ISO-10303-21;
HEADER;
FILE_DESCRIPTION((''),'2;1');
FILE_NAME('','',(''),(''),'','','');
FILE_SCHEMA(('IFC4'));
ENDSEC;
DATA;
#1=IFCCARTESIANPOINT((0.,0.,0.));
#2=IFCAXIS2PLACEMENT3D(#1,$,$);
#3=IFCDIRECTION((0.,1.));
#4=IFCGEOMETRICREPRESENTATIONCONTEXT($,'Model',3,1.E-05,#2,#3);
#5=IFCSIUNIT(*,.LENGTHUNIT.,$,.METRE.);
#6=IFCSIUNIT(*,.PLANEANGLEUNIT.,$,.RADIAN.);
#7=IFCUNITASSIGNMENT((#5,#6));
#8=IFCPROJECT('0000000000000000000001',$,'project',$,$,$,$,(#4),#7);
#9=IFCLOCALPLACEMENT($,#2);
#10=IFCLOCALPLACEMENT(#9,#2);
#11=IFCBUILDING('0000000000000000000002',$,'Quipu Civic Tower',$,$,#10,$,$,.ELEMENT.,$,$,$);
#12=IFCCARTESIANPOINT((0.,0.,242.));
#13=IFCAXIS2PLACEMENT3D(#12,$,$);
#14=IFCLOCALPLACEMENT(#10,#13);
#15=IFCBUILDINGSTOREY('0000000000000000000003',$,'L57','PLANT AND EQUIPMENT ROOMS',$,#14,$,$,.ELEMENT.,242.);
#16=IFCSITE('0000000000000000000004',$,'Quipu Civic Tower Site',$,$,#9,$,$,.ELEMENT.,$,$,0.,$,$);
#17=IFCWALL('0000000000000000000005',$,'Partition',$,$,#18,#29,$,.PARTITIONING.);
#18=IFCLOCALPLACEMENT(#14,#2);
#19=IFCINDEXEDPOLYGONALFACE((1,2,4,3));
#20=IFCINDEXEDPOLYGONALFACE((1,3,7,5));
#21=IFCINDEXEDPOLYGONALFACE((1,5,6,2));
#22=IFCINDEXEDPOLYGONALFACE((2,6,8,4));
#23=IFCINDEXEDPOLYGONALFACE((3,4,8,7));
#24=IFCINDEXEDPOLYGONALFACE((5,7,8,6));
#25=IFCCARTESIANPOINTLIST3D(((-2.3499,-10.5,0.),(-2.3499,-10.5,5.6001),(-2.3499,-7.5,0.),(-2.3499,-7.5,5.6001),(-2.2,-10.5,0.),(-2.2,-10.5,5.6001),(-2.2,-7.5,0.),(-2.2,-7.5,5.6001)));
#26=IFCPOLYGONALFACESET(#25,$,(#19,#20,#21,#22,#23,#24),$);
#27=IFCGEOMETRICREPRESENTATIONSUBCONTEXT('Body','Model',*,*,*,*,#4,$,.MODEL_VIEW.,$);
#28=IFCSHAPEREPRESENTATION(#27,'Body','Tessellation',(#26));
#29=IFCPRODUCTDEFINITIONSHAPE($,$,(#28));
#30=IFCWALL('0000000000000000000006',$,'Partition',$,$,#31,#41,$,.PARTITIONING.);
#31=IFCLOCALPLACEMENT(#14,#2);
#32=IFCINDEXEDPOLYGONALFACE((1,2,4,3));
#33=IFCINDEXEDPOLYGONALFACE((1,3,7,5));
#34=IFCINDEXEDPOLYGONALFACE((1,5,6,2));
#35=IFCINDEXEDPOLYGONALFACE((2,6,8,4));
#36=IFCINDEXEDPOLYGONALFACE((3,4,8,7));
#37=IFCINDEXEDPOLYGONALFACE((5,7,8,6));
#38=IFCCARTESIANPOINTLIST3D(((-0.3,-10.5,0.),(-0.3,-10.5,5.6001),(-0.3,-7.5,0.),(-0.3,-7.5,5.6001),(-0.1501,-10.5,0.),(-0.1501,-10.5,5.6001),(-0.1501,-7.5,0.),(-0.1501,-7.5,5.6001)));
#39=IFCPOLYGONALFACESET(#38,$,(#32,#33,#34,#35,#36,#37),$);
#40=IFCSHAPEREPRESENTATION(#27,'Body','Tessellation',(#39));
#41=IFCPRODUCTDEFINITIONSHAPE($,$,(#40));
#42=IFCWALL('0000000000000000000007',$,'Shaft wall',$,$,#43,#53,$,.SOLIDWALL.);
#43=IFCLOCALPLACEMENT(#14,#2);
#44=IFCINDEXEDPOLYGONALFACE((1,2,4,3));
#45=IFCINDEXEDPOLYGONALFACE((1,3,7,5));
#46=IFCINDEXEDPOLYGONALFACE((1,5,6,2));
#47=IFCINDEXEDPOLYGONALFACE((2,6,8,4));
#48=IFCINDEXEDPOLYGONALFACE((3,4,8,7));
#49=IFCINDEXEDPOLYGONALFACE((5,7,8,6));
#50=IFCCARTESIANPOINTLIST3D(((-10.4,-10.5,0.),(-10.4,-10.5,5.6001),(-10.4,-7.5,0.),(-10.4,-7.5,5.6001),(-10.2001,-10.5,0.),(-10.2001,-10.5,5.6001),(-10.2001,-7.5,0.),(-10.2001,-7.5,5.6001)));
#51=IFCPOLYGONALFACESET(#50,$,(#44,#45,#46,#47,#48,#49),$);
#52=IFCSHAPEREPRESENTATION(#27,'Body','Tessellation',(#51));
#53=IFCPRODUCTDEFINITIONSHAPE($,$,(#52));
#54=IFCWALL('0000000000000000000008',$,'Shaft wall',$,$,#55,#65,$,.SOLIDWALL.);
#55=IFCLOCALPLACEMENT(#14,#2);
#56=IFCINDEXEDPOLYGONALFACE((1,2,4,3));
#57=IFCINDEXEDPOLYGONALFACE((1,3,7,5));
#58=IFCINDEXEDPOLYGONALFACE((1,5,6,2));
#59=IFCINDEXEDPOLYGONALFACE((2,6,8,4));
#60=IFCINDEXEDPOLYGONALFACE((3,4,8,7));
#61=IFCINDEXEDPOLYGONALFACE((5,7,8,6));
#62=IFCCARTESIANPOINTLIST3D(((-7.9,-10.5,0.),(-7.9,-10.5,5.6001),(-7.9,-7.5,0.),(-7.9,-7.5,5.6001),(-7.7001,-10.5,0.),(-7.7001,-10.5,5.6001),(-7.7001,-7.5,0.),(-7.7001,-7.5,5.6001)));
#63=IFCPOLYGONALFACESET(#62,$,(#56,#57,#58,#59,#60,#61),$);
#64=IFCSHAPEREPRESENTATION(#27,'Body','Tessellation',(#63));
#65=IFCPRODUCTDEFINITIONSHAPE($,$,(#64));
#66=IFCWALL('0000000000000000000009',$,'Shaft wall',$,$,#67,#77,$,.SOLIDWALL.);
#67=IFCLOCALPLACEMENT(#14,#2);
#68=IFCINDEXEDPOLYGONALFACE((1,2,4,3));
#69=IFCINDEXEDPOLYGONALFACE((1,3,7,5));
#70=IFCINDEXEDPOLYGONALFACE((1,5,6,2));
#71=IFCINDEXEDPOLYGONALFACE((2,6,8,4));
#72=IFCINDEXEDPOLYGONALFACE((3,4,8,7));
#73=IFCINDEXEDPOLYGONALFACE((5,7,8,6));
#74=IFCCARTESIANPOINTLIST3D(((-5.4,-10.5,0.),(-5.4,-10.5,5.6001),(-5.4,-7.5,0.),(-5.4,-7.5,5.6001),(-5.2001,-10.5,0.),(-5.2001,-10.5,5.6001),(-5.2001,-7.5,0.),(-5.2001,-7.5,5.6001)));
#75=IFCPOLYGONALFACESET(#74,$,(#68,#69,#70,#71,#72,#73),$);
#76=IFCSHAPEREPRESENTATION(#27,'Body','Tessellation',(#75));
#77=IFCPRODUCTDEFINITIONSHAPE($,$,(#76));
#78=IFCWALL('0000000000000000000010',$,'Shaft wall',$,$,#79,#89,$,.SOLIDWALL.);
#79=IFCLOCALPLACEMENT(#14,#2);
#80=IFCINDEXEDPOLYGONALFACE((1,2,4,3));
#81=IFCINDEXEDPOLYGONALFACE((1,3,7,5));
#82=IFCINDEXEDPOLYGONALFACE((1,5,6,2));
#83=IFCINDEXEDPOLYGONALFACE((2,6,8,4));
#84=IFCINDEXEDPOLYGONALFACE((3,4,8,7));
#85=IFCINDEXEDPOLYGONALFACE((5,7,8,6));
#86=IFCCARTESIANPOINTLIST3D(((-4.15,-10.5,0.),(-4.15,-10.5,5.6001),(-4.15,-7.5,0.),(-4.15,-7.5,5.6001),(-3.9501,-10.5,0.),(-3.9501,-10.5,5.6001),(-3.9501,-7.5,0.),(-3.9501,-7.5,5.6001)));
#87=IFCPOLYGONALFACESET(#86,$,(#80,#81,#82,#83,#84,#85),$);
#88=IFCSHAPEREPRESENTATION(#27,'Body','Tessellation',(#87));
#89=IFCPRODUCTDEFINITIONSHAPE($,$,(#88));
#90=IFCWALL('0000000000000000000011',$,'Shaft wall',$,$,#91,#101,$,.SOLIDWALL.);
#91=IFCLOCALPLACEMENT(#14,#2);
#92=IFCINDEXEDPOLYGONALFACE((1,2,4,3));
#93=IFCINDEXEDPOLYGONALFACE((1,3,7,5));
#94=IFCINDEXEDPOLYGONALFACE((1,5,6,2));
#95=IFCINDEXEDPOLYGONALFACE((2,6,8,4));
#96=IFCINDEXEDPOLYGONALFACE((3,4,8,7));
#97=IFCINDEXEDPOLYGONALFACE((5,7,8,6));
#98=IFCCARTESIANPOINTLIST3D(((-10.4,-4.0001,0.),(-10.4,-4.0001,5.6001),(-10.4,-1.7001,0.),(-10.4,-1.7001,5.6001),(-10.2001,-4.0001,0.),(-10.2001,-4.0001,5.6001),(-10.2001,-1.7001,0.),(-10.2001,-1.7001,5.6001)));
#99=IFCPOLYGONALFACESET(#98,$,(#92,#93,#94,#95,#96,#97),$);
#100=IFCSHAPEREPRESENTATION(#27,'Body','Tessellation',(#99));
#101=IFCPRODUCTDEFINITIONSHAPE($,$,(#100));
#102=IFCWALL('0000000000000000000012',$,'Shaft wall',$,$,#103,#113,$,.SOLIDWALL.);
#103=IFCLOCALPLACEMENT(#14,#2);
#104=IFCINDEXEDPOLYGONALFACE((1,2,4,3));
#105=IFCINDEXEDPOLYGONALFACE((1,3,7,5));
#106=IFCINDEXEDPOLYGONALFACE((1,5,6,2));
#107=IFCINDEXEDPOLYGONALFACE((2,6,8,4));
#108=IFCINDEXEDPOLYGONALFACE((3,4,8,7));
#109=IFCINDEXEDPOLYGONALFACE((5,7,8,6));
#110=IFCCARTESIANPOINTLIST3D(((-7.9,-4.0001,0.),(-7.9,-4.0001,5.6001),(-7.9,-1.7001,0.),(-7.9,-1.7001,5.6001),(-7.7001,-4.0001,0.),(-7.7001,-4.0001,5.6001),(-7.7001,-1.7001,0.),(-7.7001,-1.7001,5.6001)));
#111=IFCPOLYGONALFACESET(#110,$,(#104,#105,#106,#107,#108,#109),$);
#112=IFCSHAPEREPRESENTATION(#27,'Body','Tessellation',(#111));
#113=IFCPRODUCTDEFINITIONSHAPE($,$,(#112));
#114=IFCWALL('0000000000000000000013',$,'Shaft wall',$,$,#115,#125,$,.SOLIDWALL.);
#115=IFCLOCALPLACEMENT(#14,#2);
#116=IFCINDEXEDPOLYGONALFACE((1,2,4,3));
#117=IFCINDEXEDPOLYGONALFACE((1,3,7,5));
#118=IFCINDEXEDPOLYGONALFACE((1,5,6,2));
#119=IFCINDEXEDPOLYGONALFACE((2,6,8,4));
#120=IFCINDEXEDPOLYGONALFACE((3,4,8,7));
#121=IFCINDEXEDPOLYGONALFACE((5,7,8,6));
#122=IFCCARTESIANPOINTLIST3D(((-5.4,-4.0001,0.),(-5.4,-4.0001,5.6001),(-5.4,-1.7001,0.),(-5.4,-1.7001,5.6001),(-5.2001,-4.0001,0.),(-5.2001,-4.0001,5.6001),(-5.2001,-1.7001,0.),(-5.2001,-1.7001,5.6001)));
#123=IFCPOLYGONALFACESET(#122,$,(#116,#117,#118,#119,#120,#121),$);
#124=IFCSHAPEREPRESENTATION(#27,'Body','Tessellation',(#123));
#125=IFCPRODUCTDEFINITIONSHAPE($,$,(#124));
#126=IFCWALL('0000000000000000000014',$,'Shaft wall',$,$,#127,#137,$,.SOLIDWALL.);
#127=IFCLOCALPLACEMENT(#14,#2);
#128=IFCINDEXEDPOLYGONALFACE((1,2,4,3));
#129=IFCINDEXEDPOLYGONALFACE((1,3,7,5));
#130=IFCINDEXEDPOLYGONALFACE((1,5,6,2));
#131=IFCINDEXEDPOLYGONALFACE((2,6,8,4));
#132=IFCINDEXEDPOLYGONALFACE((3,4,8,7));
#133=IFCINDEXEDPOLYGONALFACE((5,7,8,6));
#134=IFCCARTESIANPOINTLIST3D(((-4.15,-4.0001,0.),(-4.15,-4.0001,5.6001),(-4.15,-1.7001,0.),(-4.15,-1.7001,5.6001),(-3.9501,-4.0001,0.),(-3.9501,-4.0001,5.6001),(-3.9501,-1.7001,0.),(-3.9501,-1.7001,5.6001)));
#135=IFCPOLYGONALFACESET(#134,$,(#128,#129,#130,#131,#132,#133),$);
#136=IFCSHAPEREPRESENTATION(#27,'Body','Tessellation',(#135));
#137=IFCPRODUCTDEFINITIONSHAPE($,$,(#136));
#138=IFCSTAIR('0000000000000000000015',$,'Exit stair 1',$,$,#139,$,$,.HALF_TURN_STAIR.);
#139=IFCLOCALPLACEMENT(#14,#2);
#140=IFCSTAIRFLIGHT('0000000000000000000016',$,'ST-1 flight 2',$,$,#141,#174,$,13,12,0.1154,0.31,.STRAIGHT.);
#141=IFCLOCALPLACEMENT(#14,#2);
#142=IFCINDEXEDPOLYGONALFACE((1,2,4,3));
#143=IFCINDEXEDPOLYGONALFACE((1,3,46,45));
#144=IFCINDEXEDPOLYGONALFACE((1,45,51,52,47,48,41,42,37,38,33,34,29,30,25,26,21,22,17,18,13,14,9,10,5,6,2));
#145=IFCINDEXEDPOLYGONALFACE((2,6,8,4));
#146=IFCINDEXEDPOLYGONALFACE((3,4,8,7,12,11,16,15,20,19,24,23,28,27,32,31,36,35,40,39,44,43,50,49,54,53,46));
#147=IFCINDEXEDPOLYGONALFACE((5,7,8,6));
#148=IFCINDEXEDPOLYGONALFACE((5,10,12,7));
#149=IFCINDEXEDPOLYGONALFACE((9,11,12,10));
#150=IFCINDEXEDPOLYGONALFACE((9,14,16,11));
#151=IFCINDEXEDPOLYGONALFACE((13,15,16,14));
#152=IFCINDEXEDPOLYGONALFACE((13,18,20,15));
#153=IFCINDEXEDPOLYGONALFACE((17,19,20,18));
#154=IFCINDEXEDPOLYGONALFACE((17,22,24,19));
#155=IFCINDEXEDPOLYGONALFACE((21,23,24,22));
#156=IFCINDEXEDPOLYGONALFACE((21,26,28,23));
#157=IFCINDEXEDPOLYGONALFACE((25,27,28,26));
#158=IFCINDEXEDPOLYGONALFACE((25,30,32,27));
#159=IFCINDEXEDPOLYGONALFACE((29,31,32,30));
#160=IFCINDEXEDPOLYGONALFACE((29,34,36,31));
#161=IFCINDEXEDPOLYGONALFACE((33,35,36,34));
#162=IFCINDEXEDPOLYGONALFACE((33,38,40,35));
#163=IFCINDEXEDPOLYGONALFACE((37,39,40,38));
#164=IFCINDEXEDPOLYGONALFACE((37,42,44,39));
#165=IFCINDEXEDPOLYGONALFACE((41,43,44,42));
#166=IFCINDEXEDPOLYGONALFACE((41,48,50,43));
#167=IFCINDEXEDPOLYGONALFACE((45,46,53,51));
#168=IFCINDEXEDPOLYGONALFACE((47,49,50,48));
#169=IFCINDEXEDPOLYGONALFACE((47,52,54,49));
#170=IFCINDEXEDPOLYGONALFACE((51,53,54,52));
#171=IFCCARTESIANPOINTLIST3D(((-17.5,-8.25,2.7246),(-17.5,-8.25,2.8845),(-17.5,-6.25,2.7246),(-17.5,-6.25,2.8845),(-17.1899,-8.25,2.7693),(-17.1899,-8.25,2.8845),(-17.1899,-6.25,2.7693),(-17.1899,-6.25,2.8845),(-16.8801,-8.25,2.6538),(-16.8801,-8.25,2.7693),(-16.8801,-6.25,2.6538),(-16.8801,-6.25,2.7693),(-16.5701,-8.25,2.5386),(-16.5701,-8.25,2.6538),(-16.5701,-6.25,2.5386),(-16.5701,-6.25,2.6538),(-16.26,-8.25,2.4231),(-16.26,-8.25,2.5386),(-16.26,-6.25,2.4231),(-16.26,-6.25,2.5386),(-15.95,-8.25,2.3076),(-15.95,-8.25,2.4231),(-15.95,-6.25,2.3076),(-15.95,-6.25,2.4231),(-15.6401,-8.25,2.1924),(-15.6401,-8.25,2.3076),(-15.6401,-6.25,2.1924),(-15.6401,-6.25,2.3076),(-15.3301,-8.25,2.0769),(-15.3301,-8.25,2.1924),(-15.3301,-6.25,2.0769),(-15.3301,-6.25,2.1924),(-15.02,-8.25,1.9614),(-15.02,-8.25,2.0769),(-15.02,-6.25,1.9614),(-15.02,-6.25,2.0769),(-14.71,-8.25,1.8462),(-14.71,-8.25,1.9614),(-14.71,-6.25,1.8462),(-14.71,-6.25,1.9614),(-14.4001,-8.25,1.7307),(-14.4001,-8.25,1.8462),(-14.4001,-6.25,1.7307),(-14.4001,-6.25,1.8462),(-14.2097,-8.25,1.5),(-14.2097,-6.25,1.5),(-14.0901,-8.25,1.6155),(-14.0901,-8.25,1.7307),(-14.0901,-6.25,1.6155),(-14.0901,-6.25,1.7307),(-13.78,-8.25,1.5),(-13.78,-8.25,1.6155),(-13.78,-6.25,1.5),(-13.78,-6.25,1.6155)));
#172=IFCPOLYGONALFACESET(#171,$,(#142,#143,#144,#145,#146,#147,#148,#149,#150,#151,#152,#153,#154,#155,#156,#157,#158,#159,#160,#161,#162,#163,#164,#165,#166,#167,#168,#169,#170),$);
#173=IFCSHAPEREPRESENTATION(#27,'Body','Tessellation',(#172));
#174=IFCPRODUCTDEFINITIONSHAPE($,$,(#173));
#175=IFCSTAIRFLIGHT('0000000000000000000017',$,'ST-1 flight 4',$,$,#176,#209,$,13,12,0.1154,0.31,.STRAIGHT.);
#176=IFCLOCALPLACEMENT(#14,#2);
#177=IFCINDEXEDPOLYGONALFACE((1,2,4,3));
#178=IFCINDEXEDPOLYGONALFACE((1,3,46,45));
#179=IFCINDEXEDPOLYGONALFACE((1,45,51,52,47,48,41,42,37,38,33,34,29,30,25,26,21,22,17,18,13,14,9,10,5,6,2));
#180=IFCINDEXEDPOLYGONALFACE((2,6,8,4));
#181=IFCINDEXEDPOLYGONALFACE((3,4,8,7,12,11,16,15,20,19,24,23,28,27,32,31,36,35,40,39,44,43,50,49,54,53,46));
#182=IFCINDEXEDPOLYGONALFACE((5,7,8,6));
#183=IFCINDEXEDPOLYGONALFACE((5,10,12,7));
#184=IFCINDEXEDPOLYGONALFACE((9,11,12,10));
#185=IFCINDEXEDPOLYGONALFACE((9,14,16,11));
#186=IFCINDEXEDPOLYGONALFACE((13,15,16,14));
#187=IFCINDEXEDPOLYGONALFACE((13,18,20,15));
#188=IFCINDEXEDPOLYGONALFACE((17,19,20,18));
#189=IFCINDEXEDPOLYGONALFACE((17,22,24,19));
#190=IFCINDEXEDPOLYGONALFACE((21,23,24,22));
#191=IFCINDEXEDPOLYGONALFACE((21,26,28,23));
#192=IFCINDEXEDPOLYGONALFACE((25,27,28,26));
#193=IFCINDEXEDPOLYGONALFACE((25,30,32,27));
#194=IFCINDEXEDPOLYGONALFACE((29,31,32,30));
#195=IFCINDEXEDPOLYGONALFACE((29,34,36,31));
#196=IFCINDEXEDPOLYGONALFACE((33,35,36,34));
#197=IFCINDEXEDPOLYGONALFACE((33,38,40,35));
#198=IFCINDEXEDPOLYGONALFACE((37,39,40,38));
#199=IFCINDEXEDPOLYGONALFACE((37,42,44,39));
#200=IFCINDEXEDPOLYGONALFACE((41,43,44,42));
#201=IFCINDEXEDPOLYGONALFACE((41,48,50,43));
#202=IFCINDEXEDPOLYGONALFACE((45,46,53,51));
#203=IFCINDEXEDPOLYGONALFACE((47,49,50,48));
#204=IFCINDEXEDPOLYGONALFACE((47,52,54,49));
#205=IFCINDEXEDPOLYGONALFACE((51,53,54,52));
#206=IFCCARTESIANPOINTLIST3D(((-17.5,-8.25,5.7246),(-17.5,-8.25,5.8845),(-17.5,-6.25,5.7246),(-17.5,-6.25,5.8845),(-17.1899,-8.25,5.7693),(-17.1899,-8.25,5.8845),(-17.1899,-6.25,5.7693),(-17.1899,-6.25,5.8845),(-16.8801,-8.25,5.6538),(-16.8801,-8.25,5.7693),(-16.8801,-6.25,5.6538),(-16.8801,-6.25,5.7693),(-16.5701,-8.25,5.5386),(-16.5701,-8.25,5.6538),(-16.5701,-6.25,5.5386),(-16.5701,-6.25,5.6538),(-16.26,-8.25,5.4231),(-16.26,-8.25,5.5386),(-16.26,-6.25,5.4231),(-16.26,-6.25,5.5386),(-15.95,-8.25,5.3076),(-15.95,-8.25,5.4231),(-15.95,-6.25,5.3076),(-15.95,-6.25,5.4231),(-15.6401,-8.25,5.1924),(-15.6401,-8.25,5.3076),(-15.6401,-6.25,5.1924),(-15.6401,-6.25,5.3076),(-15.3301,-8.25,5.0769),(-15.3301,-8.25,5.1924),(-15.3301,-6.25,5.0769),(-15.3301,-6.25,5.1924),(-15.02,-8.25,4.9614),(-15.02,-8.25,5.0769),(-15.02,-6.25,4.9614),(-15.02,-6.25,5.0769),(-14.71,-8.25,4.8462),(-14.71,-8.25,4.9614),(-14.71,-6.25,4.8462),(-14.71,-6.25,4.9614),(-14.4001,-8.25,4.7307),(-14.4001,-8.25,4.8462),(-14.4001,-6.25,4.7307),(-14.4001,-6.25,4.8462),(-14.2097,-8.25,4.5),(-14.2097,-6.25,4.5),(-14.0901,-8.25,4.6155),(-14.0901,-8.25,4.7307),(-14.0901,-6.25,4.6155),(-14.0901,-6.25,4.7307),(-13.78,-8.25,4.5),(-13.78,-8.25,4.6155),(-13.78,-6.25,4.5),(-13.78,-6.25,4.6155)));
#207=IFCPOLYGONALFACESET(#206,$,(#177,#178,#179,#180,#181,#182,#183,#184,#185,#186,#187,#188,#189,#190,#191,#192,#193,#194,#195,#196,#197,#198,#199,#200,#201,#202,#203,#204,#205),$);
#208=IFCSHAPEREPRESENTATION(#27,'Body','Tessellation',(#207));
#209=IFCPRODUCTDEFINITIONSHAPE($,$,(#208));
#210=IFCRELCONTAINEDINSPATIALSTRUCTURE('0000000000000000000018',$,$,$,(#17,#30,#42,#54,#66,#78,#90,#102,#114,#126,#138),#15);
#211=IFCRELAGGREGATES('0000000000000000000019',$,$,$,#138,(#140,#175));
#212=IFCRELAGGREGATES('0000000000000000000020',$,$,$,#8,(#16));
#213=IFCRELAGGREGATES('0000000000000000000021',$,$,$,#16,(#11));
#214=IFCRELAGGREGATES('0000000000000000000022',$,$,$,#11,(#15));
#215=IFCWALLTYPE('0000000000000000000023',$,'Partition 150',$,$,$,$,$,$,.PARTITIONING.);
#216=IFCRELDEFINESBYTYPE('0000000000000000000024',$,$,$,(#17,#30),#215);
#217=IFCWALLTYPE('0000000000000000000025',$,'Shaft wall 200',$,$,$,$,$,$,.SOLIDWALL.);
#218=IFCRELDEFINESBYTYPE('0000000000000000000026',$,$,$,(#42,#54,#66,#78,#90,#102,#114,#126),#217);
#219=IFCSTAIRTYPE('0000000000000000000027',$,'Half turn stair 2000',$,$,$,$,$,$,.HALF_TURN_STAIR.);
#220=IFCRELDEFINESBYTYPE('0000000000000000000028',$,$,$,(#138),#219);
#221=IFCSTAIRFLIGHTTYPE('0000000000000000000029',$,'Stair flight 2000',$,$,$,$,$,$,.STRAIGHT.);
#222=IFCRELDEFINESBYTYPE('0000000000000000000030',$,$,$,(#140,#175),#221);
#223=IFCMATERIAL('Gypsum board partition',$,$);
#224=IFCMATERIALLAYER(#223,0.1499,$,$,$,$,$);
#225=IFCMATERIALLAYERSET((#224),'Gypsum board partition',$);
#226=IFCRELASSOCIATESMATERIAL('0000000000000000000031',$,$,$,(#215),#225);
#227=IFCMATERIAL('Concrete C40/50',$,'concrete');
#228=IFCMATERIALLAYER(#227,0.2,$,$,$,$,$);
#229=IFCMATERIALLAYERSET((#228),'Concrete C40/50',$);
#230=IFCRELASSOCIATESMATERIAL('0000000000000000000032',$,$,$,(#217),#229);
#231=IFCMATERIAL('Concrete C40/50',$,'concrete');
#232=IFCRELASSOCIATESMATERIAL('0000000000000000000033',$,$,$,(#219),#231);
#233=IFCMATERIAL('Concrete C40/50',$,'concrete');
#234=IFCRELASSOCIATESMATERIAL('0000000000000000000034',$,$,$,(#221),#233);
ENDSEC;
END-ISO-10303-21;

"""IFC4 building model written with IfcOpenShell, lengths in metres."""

from ifc_helpers import new_model, si_unit, direction, frame, frame_2d, origin, place, context, subcontext, project, spatial, polyline, rectangle, outline, extrude, material, layer, layer_set, type_object, element, aggregate, save


model = new_model("IFC4")

# Units and contexts
model_context = context("Model", 3, precision=1e-05, world=origin(), true_north=direction((0.0, 1.0)))
body_context = subcontext(model_context, "Body", "Model", "MODEL_VIEW")
ifc_project = project(units=[si_unit("LENGTHUNIT", "METRE"), si_unit("PLANEANGLEUNIT", "RADIAN")], contexts=[model_context])

# Site, building, storey
site_placement = place(None, origin())
site = spatial("IfcSite", under=ifc_project, at=site_placement, Name="Quipu Civic Tower Site", CompositionType="ELEMENT", RefElevation=0.0)
building_placement = place(site_placement, origin())
building = spatial("IfcBuilding", under=site, at=building_placement, Name="Quipu Civic Tower", CompositionType="ELEMENT")
storey_placement = place(building_placement, frame((0.0, 0.0, 242.0)))
storey = spatial("IfcBuildingStorey", under=building, at=storey_placement, Name="L57", Description="PLANT AND EQUIPMENT ROOMS", CompositionType="ELEMENT", Elevation=242.0)

# Walls
ifc_material_1 = material(Name="Gypsum board partition")
ifc_layer_1 = layer(ifc_material_1, 0.1499)
ifc_layer_set_1 = layer_set([ifc_layer_1], Name="Gypsum board partition")
wall_type_1 = type_object("IfcWallType", Name="Partition 150", PredefinedType="PARTITIONING", material=ifc_layer_set_1)
for number, where, z_axis, x_axis, name in (
    (1, (-2.2749, -10.5, 0.0), (0.0, 0.0, 1.0), (0.0, 1.0, 0.0), "Partition"),
    (2, (-0.2251, -10.5, 0.0), (0.0, 0.0, 1.0), (0.0, 1.0, 0.0), "Partition"),
):
    element("IfcWall", number, at=place(storey_placement, frame(where, z_axis=z_axis, x_axis=x_axis)), inside=storey, type_object=wall_type_1, Name=name, PredefinedType="PARTITIONING", context=body_context, shape_type="SweptSolid", body=[
        extrude(rectangle(XDim=3.0, YDim=0.1499, at=frame_2d((1.5, 0.0))), origin(), (0.0, 0.0, 1.0), 5.6001),
    ])
ifc_material_2 = material(Name="Concrete C40/50", Category="concrete")
ifc_layer_2 = layer(ifc_material_2, 0.2)
ifc_layer_set_2 = layer_set([ifc_layer_2], Name="Concrete C40/50")
wall_type_2 = type_object("IfcWallType", Name="Shaft wall 200", PredefinedType="SOLIDWALL", material=ifc_layer_set_2)
for number, where, z_axis, x_axis, name in (
    (3, (-10.3, -10.5, 0.0), (0.0, 0.0, 1.0), (0.0, 1.0, 0.0), "Shaft wall"),
    (4, (-7.8, -10.5, 0.0), (0.0, 0.0, 1.0), (0.0, 1.0, 0.0), "Shaft wall"),
    (5, (-5.3, -10.5, 0.0), (0.0, 0.0, 1.0), (0.0, 1.0, 0.0), "Shaft wall"),
    (6, (-4.05, -10.5, 0.0), (0.0, 0.0, 1.0), (0.0, 1.0, 0.0), "Shaft wall"),
):
    element("IfcWall", number, at=place(storey_placement, frame(where, z_axis=z_axis, x_axis=x_axis)), inside=storey, type_object=wall_type_2, Name=name, PredefinedType="SOLIDWALL", context=body_context, shape_type="SweptSolid", body=[
        extrude(rectangle(XDim=3.0, YDim=0.2, at=frame_2d((1.5, 0.0))), origin(), (0.0, 0.0, 1.0), 5.6001),
    ])
for number, where, z_axis, x_axis, name in (
    (7, (-10.3, -4.0, 0.0), (0.0, 0.0, 1.0), (0.0, 1.0, 0.0), "Shaft wall"),
    (8, (-7.8, -4.0, 0.0), (0.0, 0.0, 1.0), (0.0, 1.0, 0.0), "Shaft wall"),
    (9, (-5.3, -4.0, 0.0), (0.0, 0.0, 1.0), (0.0, 1.0, 0.0), "Shaft wall"),
    (10, (-4.05, -4.0, 0.0), (0.0, 0.0, 1.0), (0.0, 1.0, 0.0), "Shaft wall"),
):
    element("IfcWall", number, at=place(storey_placement, frame(where, z_axis=z_axis, x_axis=x_axis)), inside=storey, type_object=wall_type_2, Name=name, PredefinedType="SOLIDWALL", context=body_context, shape_type="SweptSolid", body=[
        extrude(rectangle(XDim=2.3, YDim=0.2, at=frame_2d((1.1499, 0.0))), origin(), (0.0, 0.0, 1.0), 5.6001),
    ])

# Stair, stair flights
ifc_material_3 = material(Name="Concrete C40/50", Category="concrete")
stair_type = type_object("IfcStairType", Name="Half turn stair 2000", PredefinedType="HALF_TURN_STAIR", material=ifc_material_3)
stair_placement = place(storey_placement, origin())
stair = element("IfcStair", 11, at=stair_placement, inside=storey, type_object=stair_type, Name="Exit stair 1", PredefinedType="HALF_TURN_STAIR")
ifc_material_4 = material(Name="Concrete C40/50", Category="concrete")
stair_flight_type = type_object("IfcStairFlightType", Name="Stair flight 2000", PredefinedType="STRAIGHT", material=ifc_material_4)
stair_flight_1_placement = place(storey_placement, frame((-13.78, -7.25, 1.5), z_axis=(0.0, 0.0, 1.0), x_axis=(-1.0, 0.0, 0.0)))
stair_flight_1 = element("IfcStairFlight", 12, at=stair_flight_1_placement, type_object=stair_flight_type, Name="ST-1 flight 2", NumberOfRisers=13, NumberOfTreads=12, PredefinedType="STRAIGHT", RiserHeight=0.1154, TreadLength=0.31, context=body_context, shape_type="SweptSolid", body=[
    extrude(outline(polyline([(0.0, 0.0), (0.0, 0.1155), (0.3101, 0.1155), (0.3101, 0.2307), (0.6201, 0.2307), (0.6201, 0.3462), (0.9299, 0.3462), (0.9299, 0.4614), (1.24, 0.4614), (1.24, 0.5769), (1.55, 0.5769), (1.55, 0.6924), (1.8601, 0.6924), (1.8601, 0.8076), (2.1699, 0.8076), (2.1699, 0.9231), (2.48, 0.9231), (2.48, 1.0386), (2.79, 1.0386), (2.79, 1.1538), (3.1001, 1.1538), (3.1001, 1.2693), (3.4099, 1.2693), (3.4099, 1.3845), (3.72, 1.3845), (3.72, 1.5), (3.72, 1.2246), (0.4297, 0.0), (0.0, 0.0)])), frame((0.0, 1.0, 0.0), z_axis=(0.0, -1.0, 0.0), x_axis=(1.0, 0.0, 0.0)), (0.0, 0.0, 1.0), 2.0),
])
stair_flight_2_placement = place(storey_placement, frame((-13.78, -7.25, 4.5), z_axis=(0.0, 0.0, 1.0), x_axis=(-1.0, 0.0, 0.0)))
stair_flight_2 = element("IfcStairFlight", 13, at=stair_flight_2_placement, type_object=stair_flight_type, Name="ST-1 flight 4", NumberOfRisers=13, NumberOfTreads=12, PredefinedType="STRAIGHT", RiserHeight=0.1154, TreadLength=0.31, context=body_context, shape_type="SweptSolid", body=[
    extrude(outline(polyline([(0.0, 0.0), (0.0, 0.1155), (0.3101, 0.1155), (0.3101, 0.2307), (0.6201, 0.2307), (0.6201, 0.3462), (0.9299, 0.3462), (0.9299, 0.4614), (1.24, 0.4614), (1.24, 0.5769), (1.55, 0.5769), (1.55, 0.6924), (1.8601, 0.6924), (1.8601, 0.8076), (2.1699, 0.8076), (2.1699, 0.9231), (2.48, 0.9231), (2.48, 1.0386), (2.79, 1.0386), (2.79, 1.1538), (3.1001, 1.1538), (3.1001, 1.2693), (3.4099, 1.2693), (3.4099, 1.3845), (3.72, 1.3845), (3.72, 1.5), (3.72, 1.2246), (0.4297, 0.0), (0.0, 0.0)])), frame((0.0, 1.0, 0.0), z_axis=(0.0, -1.0, 0.0), x_axis=(1.0, 0.0, 0.0)), (0.0, 0.0, 1.0), 2.0),
])
aggregate(stair, [stair_flight_1, stair_flight_2])

save(model, "model.ifc")
